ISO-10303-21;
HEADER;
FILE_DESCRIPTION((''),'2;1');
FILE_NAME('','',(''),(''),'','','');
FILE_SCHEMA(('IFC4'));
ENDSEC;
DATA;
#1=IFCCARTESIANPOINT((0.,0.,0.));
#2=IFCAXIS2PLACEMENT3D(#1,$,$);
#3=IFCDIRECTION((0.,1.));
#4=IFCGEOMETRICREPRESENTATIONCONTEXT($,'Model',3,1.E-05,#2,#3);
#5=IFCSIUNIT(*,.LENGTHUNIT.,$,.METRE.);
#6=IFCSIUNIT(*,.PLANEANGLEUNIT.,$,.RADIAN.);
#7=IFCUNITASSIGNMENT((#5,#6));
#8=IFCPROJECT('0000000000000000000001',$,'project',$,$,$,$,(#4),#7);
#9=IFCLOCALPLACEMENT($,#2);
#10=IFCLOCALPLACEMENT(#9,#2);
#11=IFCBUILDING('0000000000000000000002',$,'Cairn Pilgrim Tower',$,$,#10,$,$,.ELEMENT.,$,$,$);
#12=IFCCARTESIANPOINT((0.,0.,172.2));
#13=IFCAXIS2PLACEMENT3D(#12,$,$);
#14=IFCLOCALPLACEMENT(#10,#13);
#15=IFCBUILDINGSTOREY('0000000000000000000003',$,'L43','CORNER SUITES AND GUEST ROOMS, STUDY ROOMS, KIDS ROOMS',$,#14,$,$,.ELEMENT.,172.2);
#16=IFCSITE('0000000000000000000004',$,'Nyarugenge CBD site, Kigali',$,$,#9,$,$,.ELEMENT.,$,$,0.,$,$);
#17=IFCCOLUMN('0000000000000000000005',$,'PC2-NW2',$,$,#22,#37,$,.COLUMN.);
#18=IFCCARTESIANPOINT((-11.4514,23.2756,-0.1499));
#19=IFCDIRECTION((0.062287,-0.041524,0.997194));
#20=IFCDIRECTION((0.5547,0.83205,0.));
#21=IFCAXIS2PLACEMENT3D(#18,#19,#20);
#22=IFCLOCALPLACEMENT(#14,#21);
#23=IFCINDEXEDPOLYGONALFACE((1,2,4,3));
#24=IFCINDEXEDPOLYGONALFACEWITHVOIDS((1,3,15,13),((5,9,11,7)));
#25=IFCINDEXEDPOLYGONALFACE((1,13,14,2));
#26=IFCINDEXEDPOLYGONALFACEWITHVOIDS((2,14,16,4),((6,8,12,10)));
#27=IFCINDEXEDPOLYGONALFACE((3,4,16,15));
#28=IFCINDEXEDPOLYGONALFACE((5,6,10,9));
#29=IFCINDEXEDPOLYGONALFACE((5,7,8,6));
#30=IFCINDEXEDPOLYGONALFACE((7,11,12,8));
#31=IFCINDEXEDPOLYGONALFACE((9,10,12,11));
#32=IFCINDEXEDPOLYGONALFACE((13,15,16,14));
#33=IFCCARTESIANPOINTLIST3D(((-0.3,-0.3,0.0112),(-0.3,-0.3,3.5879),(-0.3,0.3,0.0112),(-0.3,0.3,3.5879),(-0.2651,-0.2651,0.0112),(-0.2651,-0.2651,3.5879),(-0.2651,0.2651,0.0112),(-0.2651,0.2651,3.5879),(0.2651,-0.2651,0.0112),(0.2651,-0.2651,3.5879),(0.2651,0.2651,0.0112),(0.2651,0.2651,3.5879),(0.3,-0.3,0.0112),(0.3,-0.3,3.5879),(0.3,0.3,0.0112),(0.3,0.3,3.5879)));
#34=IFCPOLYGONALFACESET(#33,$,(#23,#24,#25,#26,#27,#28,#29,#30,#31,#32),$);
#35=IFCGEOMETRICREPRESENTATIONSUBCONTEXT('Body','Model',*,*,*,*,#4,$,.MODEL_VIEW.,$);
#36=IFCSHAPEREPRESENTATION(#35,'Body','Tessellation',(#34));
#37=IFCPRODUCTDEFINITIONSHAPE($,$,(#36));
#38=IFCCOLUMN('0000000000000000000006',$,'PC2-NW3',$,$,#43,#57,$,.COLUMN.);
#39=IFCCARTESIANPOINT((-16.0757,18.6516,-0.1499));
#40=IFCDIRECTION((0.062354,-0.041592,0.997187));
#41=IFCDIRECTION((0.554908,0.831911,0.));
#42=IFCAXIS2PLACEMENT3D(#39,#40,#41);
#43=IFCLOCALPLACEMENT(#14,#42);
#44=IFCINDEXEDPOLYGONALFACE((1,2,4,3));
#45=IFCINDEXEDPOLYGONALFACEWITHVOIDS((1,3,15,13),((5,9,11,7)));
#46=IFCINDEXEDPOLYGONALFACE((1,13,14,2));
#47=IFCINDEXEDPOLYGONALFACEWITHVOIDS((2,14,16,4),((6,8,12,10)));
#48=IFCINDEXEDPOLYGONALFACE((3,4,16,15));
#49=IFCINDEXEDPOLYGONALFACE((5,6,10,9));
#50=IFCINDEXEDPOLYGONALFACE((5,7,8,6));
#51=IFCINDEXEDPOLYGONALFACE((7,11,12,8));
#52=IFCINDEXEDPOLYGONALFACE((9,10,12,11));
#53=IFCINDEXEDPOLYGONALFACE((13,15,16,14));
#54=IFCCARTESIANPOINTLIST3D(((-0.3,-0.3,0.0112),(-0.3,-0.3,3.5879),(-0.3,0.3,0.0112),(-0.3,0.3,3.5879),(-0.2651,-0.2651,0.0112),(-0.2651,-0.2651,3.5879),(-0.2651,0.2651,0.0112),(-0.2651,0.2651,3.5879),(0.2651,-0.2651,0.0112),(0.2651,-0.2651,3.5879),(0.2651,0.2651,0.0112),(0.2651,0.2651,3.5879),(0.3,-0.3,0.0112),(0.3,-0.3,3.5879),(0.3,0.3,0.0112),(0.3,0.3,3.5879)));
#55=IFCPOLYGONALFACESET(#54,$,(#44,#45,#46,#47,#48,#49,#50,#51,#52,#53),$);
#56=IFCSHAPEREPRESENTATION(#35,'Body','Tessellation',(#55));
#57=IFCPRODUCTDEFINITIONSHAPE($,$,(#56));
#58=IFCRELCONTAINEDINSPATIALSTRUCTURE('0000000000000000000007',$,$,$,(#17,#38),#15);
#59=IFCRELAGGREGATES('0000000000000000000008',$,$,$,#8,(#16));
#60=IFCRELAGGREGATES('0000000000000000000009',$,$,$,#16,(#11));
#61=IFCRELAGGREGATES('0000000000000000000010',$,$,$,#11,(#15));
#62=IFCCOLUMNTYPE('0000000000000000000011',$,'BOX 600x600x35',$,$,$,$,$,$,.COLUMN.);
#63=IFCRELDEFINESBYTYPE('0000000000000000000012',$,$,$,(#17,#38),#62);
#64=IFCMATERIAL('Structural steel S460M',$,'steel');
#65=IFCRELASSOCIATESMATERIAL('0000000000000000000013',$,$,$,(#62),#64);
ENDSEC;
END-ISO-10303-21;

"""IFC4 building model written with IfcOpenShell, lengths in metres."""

from ifc_helpers import new_model, si_unit, direction, frame, origin, origin_2d, place, context, subcontext, project, spatial, hollow_rectangle, extrude, clip, halfspace, material, material_profile, profile_set, type_object, element, save


model = new_model("IFC4")

# Units and contexts
model_context = context("Model", 3, precision=1e-05, world=origin(), true_north=direction((0.0, 1.0)))
body_context = subcontext(model_context, "Body", "Model", "MODEL_VIEW")
ifc_project = project(units=[si_unit("LENGTHUNIT", "METRE"), si_unit("PLANEANGLEUNIT", "RADIAN")], contexts=[model_context])

# Site, building, storey
site_placement = place(None, origin())
site = spatial("IfcSite", under=ifc_project, at=site_placement, Name="Nyarugenge CBD site, Kigali", CompositionType="ELEMENT", RefElevation=0.0)
building_placement = place(site_placement, origin())
building = spatial("IfcBuilding", under=site, at=building_placement, Name="Cairn Pilgrim Tower", CompositionType="ELEMENT")
storey_placement = place(building_placement, frame((0.0, 0.0, 172.2)))
storey = spatial("IfcBuildingStorey", under=building, at=storey_placement, Name="L43", Description="CORNER SUITES AND GUEST ROOMS, STUDY ROOMS, KIDS ROOMS", CompositionType="ELEMENT", Elevation=172.2)

# Columns
ifc_material_1 = material(Name="Structural steel S460M", Category="steel")
ifc_material_profile_1 = material_profile(ifc_material_1, hollow_rectangle(XDim=0.6001, YDim=0.6001, WallThickness=0.0349, at=origin_2d()), Name="BOX 600x600x35")
ifc_profile_set_1 = profile_set([ifc_material_profile_1], Name="Structural steel S460M")
column_type = type_object("IfcColumnType", Name="BOX 600x600x35", PredefinedType="COLUMN", material=ifc_profile_set_1)
column_1_placement = place(storey_placement, frame((-11.4514, 23.2756, -0.1499), z_axis=(0.062287, -0.041524, 0.997194), x_axis=(0.5547, 0.83205, 0.0)))
element("IfcColumn", 1, at=column_1_placement, inside=storey, type_object=column_type, Name="PC2-NW2", PredefinedType="COLUMN", context=body_context, shape_type="Clipping", body=[
    clip(clip(extrude(hollow_rectangle(XDim=0.6001, YDim=0.6001, WallThickness=0.0349, at=origin_2d()), origin(), (0.0, 0.0, 1.0), 3.6099), halfspace(frame((0.0, 0.0, 0.0112), z_axis=(0.0, 0.0, 1.0), x_axis=(1.0, 0.0, 0.0)), True)), halfspace(frame((0.0, 0.0, 3.5879), z_axis=(0.0, 0.0, 1.0), x_axis=(1.0, 0.0, 0.0)), False)),
])
column_2_placement = place(storey_placement, frame((-16.0757, 18.6516, -0.1499), z_axis=(0.062354, -0.041592, 0.997187), x_axis=(0.554908, 0.831911, 0.0)))
element("IfcColumn", 2, at=column_2_placement, inside=storey, type_object=column_type, Name="PC2-NW3", PredefinedType="COLUMN", context=body_context, shape_type="Clipping", body=[
    clip(clip(extrude(hollow_rectangle(XDim=0.6001, YDim=0.6001, WallThickness=0.0349, at=origin_2d()), origin(), (0.0, 0.0, 1.0), 3.6101), halfspace(frame((0.0, 0.0, 0.0112), z_axis=(0.0, 0.0, 1.0), x_axis=(1.0, 0.0, 0.0)), True)), halfspace(frame((0.0, 0.0, 3.5879), z_axis=(0.0, 0.0, 1.0), x_axis=(1.0, 0.0, 0.0)), False)),
])

save(model, "model.ifc")
